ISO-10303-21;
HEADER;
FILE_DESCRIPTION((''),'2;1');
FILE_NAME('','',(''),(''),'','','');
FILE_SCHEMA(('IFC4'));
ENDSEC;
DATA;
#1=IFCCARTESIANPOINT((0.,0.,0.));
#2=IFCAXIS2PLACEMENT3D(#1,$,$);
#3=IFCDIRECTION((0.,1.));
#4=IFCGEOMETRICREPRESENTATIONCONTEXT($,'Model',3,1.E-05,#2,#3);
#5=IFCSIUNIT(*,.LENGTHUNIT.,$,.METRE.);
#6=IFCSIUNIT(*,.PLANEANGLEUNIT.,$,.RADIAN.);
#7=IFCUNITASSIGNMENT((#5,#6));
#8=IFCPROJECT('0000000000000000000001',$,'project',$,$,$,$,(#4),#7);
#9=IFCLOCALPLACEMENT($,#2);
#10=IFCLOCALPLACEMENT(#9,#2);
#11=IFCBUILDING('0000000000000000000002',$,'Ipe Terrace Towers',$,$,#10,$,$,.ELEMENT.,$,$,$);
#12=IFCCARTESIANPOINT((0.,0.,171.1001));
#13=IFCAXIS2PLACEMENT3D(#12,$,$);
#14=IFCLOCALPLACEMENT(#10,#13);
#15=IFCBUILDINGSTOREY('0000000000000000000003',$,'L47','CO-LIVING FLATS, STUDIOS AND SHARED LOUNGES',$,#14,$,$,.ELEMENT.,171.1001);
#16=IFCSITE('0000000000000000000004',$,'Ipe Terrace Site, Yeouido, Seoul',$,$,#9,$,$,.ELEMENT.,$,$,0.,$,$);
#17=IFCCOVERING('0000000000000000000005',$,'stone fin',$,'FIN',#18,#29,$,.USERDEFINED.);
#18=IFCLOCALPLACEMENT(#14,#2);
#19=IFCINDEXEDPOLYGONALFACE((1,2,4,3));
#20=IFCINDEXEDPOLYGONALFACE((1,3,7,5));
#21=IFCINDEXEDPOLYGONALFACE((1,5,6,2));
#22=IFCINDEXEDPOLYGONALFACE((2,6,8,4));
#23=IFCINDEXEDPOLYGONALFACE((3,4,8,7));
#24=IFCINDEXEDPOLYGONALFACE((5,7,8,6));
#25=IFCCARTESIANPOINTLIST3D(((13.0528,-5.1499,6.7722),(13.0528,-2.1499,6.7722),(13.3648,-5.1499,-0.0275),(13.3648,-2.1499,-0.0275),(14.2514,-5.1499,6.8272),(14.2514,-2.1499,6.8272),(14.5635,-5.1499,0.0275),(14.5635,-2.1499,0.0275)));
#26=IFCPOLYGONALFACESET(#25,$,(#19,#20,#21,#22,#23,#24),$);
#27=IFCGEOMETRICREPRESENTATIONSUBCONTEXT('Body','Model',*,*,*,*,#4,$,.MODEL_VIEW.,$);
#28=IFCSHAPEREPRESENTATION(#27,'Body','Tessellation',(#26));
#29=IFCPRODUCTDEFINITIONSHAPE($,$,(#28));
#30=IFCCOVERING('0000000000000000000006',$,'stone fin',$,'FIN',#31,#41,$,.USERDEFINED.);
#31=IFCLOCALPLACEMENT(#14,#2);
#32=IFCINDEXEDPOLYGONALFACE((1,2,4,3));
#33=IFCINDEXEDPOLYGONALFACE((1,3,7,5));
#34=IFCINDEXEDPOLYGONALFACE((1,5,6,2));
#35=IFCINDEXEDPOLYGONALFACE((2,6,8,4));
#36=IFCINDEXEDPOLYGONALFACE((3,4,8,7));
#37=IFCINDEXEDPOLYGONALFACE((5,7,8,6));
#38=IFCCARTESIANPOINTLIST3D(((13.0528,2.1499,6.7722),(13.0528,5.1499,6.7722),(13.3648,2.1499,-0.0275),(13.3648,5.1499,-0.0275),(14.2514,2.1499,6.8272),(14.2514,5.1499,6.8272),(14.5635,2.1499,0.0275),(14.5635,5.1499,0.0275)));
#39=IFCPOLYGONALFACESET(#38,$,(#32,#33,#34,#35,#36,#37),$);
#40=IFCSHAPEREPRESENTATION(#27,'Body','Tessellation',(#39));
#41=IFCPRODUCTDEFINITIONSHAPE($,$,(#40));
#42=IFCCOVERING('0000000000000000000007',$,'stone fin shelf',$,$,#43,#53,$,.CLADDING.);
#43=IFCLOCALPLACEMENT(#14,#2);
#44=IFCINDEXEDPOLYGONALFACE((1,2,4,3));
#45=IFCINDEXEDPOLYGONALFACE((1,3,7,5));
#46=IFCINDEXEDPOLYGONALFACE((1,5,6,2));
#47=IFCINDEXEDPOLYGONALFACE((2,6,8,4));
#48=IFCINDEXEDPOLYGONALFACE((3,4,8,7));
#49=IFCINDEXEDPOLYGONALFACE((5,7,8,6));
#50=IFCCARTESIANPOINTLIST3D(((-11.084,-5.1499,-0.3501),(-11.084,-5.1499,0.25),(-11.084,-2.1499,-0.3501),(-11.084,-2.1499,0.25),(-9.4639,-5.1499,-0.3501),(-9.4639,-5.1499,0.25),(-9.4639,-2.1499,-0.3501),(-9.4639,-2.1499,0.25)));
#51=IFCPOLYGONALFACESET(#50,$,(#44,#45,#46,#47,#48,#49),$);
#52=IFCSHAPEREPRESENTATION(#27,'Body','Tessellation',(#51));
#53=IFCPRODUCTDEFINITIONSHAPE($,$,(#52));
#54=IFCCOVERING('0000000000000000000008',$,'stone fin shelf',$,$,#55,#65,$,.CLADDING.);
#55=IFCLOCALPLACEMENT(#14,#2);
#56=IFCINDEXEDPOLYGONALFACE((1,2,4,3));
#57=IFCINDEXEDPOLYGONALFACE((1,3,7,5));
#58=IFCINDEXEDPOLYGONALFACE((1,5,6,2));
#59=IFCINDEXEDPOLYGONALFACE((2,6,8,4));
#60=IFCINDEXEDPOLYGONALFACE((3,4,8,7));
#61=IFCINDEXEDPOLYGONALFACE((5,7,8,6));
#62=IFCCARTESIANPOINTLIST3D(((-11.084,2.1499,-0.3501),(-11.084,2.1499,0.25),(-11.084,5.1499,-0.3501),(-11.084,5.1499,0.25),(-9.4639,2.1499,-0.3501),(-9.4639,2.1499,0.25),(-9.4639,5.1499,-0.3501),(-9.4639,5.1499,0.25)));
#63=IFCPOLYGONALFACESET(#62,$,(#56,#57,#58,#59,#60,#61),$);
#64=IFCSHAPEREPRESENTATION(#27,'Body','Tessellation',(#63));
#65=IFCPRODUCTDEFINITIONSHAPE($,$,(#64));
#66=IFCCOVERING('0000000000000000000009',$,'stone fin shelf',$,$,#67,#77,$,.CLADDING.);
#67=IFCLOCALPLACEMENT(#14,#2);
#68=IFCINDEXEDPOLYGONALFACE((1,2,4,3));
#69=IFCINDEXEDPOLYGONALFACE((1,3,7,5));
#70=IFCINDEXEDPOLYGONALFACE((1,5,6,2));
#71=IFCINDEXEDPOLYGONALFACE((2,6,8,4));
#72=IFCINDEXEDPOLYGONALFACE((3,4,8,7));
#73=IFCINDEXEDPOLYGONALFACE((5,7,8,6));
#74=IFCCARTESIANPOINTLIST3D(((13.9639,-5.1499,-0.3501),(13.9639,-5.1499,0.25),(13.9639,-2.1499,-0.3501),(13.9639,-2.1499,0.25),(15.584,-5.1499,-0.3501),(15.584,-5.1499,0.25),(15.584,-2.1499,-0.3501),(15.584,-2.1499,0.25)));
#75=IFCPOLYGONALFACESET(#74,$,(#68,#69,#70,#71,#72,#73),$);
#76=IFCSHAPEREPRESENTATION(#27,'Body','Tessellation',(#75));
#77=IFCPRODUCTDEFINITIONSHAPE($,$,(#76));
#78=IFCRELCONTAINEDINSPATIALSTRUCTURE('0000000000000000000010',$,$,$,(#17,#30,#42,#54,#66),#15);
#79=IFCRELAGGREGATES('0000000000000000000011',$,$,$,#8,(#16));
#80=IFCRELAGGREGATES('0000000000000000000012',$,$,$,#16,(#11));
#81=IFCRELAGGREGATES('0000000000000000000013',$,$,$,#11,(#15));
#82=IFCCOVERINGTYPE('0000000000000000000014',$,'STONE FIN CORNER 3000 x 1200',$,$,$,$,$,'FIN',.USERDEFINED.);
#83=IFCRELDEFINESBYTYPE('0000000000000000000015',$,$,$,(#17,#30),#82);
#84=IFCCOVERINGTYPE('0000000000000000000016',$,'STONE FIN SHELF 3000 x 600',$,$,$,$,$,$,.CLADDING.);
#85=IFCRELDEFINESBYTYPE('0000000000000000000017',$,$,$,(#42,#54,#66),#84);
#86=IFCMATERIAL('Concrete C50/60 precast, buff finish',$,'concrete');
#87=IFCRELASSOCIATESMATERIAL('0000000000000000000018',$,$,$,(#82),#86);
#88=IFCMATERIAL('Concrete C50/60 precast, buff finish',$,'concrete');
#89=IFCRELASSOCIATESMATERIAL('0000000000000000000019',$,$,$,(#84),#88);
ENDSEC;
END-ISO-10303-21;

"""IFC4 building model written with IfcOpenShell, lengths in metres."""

from ifc_helpers import new_model, si_unit, direction, frame, origin, origin_2d, place, context, subcontext, project, spatial, rectangle, extrude, material, material_profile, profile_set, type_object, element, save


model = new_model("IFC4")

# Units and contexts
model_context = context("Model", 3, precision=1e-05, world=origin(), true_north=direction((0.0, 1.0)))
body_context = subcontext(model_context, "Body", "Model", "MODEL_VIEW")
ifc_project = project(units=[si_unit("LENGTHUNIT", "METRE"), si_unit("PLANEANGLEUNIT", "RADIAN")], contexts=[model_context])

# Site, building, storey
site_placement = place(None, origin())
site = spatial("IfcSite", under=ifc_project, at=site_placement, Name="Ipe Terrace Site, Yeouido, Seoul", CompositionType="ELEMENT", RefElevation=0.0)
building_placement = place(site_placement, origin())
building = spatial("IfcBuilding", under=site, at=building_placement, Name="Ipe Terrace Towers", CompositionType="ELEMENT")
storey_placement = place(building_placement, frame((0.0, 0.0, 171.1001)))
storey = spatial("IfcBuildingStorey", under=building, at=storey_placement, Name="L47", Description="CO-LIVING FLATS, STUDIOS AND SHARED LOUNGES", CompositionType="ELEMENT", Elevation=171.1001)

# Coverings
ifc_material_1 = material(Name="Concrete C50/60 precast, buff finish", Category="concrete")
ifc_material_profile_1 = material_profile(ifc_material_1, rectangle(XDim=3.0, YDim=1.2, at=origin_2d()), Name="STONE FIN CORNER 3000 x 1200")
ifc_profile_set_1 = profile_set([ifc_material_profile_1], Name="Concrete C50/60 precast, buff finish")
covering_type_1 = type_object("IfcCoveringType", Name="STONE FIN CORNER 3000 x 1200", ElementType="FIN", PredefinedType="USERDEFINED", material=ifc_profile_set_1)
for number, where, z_axis, x_axis, name in (
    (1, (13.9641, -3.6499, 0.0), (-0.045837, 0.0, 0.998949), (0.0, -1.0, 0.0), "stone fin"),
    (2, (13.9641, 3.6499, 0.0), (-0.045837, 0.0, 0.998949), (0.0, -1.0, 0.0), "stone fin"),
):
    element("IfcCovering", number, at=place(storey_placement, frame(where, z_axis=z_axis, x_axis=x_axis)), inside=storey, type_object=covering_type_1, Name=name, ObjectType="FIN", PredefinedType="USERDEFINED", context=body_context, shape_type="SweptSolid", body=[
        extrude(rectangle(XDim=3.0, YDim=1.2, at=origin_2d()), origin(), (0.0, 0.0, 1.0), 6.8069),
    ])
ifc_material_2 = material(Name="Concrete C50/60 precast, buff finish", Category="concrete")
covering_type_2 = type_object("IfcCoveringType", Name="STONE FIN SHELF 3000 x 600", PredefinedType="CLADDING", material=ifc_material_2)
for number, where, z_axis, x_axis, name in (
    (3, (-10.2739, -3.6499, -0.3501), (0.0, 0.0, 1.0), (0.0, 1.0, 0.0), "stone fin shelf"),
    (4, (-10.2739, 3.6499, -0.3501), (0.0, 0.0, 1.0), (0.0, 1.0, 0.0), "stone fin shelf"),
    (5, (14.7739, -3.6499, -0.3501), (0.0, 0.0, 1.0), (0.0, -1.0, 0.0), "stone fin shelf"),
):
    element("IfcCovering", number, at=place(storey_placement, frame(where, z_axis=z_axis, x_axis=x_axis)), inside=storey, type_object=covering_type_2, Name=name, PredefinedType="CLADDING", context=body_context, shape_type="SweptSolid", body=[
        extrude(rectangle(XDim=3.0, YDim=1.6201, at=origin_2d()), origin(), (0.0, 0.0, 1.0), 0.6001),
    ])

save(model, "model.ifc")
